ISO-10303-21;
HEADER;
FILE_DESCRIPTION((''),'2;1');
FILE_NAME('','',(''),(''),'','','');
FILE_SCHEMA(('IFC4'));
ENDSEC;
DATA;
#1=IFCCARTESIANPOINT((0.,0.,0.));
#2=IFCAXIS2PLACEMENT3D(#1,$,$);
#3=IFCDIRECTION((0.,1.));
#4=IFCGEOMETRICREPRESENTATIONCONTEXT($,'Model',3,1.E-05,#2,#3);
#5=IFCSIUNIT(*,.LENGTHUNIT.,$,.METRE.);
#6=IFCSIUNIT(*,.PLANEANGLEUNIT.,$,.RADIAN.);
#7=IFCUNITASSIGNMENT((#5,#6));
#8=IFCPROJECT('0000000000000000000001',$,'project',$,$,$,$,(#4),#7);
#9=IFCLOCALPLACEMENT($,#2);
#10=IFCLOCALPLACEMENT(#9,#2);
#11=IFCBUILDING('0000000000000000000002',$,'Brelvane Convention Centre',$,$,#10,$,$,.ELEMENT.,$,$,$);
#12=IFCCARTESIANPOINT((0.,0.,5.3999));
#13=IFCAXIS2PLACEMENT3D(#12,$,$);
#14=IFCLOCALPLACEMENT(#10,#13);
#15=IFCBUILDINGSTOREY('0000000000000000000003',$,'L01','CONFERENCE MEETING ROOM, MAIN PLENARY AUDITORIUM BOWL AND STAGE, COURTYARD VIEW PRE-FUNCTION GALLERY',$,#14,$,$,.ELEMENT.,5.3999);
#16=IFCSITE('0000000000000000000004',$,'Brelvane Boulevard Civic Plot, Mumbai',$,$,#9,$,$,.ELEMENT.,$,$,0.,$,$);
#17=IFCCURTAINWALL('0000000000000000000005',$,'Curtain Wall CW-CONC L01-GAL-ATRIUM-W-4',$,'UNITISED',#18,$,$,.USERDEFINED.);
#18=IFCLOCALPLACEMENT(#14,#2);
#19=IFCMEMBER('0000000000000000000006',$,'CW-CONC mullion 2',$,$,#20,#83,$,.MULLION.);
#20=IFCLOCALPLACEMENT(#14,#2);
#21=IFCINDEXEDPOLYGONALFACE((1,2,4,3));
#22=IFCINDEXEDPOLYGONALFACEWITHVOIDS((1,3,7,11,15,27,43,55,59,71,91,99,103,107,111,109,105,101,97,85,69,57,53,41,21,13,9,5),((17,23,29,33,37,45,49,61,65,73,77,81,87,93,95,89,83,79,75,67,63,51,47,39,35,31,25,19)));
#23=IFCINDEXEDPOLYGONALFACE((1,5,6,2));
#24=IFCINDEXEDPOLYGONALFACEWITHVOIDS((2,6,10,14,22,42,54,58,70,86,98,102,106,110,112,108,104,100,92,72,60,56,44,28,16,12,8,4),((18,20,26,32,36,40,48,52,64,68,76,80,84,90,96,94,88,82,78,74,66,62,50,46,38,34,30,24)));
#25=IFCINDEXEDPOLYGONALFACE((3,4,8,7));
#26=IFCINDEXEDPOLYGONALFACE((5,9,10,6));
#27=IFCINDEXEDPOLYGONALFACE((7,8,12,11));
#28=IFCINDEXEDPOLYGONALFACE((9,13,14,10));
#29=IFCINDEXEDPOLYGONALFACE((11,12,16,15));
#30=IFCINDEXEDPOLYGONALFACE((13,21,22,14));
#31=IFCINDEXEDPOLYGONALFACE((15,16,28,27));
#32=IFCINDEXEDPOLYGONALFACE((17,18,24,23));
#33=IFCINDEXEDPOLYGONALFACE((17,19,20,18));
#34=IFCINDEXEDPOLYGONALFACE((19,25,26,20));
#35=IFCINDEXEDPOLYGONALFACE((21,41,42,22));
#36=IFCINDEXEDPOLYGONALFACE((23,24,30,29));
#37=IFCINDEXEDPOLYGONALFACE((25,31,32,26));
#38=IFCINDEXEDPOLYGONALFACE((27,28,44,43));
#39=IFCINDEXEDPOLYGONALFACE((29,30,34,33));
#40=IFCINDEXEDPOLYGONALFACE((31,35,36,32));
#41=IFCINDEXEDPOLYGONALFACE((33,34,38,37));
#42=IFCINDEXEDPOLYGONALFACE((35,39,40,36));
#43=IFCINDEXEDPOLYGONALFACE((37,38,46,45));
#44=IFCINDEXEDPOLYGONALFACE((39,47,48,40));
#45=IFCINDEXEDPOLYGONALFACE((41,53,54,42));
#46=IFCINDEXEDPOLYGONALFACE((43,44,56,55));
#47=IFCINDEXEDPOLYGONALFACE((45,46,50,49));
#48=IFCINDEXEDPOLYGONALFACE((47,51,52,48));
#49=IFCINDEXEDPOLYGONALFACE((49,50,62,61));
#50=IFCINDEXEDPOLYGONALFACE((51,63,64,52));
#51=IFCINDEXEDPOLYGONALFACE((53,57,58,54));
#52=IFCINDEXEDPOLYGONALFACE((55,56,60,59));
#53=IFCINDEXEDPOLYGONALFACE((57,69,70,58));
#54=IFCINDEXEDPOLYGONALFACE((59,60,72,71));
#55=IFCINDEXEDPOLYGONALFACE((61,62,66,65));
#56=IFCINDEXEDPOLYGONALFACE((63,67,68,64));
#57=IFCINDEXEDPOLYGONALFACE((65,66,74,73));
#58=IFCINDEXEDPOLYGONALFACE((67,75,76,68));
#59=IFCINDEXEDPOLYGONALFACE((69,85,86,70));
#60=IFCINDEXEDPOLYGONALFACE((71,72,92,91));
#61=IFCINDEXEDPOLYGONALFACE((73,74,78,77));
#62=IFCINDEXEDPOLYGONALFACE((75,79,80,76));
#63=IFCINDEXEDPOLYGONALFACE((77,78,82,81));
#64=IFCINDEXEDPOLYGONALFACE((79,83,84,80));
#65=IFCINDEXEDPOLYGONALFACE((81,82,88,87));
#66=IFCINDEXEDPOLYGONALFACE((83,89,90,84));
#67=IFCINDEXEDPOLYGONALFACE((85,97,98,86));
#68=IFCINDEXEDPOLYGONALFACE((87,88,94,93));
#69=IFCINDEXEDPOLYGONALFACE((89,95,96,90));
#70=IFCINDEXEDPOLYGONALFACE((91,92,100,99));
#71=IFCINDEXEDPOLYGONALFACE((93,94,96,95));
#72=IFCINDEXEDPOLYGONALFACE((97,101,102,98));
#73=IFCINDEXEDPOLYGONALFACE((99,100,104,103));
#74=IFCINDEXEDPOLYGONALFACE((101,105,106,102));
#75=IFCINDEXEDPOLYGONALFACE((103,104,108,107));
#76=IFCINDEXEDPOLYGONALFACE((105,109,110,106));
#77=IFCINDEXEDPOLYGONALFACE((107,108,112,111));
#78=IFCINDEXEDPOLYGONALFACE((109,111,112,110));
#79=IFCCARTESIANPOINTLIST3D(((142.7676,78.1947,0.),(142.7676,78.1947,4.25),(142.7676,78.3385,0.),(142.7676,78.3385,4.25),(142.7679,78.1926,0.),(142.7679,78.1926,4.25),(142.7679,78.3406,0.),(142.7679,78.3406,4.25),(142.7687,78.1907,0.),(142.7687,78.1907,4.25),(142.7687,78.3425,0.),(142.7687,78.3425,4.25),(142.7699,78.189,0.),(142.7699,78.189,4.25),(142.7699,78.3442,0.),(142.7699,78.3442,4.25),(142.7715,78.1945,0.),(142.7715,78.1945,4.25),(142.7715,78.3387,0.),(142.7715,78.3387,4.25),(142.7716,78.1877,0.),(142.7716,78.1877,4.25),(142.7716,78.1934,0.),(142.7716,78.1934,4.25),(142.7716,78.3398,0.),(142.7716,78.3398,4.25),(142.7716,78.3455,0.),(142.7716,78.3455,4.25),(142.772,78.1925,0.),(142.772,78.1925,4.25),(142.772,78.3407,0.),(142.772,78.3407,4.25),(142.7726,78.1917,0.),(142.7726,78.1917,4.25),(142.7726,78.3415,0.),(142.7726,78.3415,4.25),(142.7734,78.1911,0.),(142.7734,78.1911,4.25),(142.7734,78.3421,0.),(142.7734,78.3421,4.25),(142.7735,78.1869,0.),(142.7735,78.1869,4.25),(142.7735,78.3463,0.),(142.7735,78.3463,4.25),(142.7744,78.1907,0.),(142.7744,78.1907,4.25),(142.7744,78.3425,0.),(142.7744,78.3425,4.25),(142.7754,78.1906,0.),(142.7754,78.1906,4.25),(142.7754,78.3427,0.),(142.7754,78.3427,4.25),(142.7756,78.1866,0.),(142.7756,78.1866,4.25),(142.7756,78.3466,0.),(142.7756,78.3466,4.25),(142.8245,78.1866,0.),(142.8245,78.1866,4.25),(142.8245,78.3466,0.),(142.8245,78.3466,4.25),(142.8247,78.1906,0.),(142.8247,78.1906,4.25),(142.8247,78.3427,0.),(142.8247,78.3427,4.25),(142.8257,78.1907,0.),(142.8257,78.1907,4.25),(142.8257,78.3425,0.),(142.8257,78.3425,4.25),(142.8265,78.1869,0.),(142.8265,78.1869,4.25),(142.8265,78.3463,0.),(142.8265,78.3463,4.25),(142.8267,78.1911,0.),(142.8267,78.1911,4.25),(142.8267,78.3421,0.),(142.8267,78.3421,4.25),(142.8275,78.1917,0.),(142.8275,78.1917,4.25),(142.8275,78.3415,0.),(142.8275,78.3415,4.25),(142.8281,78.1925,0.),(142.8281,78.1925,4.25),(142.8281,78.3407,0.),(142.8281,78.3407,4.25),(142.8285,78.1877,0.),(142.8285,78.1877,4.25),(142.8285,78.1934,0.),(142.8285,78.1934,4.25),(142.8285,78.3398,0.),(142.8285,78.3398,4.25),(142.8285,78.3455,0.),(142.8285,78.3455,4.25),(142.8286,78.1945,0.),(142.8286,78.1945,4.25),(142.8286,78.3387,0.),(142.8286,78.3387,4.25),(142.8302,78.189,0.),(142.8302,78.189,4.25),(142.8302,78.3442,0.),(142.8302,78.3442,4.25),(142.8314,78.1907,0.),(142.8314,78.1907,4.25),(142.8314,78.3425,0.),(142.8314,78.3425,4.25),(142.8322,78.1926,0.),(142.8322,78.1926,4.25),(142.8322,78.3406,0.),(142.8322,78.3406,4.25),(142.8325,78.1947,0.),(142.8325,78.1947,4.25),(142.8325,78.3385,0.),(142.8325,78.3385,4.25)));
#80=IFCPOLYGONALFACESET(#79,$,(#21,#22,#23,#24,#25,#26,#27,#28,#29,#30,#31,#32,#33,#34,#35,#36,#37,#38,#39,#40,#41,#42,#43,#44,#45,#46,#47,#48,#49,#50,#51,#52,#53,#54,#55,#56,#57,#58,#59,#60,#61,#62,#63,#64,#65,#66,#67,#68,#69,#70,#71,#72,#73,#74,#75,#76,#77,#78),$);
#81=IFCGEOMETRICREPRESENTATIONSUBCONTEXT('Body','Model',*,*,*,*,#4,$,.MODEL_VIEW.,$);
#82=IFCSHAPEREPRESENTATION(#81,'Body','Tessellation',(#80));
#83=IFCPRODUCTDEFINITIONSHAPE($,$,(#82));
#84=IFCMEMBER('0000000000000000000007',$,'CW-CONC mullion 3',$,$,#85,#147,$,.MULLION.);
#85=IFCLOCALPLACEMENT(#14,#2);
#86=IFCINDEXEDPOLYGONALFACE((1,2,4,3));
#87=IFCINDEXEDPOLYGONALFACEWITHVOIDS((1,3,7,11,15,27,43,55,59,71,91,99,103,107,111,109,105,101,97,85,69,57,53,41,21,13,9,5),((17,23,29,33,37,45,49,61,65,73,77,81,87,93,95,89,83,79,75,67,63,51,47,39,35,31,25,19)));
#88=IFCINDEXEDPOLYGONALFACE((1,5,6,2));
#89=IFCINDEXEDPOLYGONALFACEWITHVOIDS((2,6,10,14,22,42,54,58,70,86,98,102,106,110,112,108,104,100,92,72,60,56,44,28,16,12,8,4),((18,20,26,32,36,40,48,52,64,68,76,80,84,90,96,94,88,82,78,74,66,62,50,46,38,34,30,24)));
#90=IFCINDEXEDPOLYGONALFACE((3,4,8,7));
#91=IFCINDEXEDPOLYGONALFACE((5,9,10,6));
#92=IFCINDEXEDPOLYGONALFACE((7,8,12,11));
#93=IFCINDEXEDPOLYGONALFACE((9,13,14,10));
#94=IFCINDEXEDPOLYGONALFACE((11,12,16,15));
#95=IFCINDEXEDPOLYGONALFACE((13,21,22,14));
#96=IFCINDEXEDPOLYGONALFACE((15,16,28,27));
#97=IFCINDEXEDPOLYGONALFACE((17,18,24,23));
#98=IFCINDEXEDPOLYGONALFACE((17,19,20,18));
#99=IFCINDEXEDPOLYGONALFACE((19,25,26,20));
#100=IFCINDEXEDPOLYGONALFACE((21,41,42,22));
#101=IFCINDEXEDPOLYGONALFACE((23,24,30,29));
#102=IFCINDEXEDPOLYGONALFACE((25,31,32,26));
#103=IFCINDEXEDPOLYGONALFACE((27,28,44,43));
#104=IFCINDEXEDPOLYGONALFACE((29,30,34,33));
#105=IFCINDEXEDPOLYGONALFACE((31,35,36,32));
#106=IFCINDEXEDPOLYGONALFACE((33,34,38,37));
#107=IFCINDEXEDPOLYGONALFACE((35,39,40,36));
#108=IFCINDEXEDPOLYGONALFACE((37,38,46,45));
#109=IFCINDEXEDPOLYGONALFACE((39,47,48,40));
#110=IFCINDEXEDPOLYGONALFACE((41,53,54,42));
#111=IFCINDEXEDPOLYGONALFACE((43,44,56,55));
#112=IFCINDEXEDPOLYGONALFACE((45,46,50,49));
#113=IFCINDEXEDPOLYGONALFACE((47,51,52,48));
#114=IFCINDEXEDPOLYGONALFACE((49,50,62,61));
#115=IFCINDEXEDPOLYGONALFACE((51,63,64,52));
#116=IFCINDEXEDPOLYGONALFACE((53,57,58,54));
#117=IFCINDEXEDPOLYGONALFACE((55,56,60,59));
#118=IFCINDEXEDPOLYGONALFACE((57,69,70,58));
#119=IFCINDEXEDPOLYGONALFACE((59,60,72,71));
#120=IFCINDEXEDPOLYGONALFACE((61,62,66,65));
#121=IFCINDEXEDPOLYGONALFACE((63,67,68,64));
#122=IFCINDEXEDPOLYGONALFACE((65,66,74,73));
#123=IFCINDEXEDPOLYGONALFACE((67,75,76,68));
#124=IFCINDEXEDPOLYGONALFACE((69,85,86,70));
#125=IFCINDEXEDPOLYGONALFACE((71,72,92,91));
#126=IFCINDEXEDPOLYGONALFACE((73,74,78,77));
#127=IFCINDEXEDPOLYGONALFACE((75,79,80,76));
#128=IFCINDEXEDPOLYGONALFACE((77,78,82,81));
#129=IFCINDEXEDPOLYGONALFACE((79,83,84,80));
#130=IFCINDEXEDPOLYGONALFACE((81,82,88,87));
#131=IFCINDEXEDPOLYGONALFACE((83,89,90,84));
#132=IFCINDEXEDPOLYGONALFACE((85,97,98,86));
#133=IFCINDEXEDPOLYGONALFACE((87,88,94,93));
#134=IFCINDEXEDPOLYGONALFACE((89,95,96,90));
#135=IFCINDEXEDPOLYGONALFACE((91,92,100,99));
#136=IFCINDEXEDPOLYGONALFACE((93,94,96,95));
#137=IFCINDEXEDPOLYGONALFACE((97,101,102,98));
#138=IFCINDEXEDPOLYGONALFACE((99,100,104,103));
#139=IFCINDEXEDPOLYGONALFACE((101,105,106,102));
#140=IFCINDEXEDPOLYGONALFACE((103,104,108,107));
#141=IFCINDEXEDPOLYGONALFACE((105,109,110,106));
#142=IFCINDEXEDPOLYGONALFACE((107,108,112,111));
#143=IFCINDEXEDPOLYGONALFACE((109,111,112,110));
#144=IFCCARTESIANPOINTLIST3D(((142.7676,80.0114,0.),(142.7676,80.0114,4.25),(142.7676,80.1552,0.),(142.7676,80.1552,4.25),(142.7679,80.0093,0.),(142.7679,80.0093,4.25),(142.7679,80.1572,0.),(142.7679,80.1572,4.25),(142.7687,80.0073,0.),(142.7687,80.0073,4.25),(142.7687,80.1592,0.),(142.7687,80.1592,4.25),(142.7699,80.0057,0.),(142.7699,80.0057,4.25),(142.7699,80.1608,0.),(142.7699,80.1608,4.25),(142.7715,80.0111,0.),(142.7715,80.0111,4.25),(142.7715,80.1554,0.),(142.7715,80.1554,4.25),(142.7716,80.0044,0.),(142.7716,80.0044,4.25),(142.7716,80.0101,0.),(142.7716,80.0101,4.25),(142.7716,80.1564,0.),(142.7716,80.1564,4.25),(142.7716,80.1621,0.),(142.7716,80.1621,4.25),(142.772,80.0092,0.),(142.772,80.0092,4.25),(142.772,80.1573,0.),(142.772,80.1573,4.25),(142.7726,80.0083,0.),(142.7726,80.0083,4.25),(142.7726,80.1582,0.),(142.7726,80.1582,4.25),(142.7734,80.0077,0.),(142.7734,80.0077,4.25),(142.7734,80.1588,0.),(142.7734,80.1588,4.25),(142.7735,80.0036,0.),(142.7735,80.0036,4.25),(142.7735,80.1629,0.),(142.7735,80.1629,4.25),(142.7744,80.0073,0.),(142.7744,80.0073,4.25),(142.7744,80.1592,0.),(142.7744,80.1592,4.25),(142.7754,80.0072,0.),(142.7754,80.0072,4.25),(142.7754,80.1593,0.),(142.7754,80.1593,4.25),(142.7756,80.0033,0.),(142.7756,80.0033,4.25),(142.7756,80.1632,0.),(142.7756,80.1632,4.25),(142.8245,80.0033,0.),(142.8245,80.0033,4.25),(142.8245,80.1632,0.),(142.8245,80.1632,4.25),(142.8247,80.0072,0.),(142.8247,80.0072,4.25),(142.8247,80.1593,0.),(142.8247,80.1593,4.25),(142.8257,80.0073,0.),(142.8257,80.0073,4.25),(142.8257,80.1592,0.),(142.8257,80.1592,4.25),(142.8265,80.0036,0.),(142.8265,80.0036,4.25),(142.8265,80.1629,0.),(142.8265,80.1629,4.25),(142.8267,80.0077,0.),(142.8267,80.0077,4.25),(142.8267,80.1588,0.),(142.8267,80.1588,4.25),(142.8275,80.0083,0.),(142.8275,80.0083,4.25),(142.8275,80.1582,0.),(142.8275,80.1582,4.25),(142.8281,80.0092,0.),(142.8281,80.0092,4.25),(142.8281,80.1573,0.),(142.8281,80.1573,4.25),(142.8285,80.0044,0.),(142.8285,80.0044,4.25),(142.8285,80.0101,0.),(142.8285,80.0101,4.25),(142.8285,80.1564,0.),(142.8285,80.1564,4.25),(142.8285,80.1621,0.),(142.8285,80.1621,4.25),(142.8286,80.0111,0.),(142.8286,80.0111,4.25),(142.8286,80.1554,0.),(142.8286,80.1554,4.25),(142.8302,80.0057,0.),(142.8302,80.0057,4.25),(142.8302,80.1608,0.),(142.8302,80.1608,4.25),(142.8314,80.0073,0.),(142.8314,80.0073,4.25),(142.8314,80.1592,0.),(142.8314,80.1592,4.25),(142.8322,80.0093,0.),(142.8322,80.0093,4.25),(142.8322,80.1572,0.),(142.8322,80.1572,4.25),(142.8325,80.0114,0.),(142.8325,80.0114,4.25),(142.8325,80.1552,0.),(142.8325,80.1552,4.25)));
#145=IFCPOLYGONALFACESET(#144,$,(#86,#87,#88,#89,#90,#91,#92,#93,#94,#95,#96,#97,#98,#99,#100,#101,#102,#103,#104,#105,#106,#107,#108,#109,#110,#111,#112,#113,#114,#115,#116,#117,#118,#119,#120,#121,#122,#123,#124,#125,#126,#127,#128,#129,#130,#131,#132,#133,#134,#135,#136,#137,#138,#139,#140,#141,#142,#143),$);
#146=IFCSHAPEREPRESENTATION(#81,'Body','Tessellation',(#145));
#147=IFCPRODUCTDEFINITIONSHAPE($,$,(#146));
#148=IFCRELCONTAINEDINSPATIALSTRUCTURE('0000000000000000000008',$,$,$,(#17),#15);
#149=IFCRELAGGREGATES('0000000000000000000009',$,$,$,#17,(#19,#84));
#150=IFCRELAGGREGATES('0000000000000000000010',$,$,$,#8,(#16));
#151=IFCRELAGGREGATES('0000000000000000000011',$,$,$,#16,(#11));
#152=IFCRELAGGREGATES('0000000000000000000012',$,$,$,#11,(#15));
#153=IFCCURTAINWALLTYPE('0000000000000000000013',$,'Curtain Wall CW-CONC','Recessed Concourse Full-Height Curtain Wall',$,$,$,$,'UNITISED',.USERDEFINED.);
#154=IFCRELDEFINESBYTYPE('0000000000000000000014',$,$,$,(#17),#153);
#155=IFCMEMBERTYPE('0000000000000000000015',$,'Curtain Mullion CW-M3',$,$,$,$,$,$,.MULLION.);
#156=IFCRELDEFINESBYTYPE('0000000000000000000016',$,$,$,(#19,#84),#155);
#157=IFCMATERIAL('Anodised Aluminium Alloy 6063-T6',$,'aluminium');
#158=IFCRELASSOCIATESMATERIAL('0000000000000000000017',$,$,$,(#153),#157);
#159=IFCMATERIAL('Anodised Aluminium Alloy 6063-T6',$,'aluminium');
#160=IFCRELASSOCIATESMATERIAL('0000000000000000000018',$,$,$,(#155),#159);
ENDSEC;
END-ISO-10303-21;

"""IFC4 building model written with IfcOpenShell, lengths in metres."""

from ifc_helpers import new_model, si_unit, direction, frame, origin, origin_2d, place, context, subcontext, project, spatial, hollow_rectangle, extrude, material, material_profile, profile_set, type_object, element, aggregate, save


model = new_model("IFC4")

# Units and contexts
model_context = context("Model", 3, precision=1e-05, world=origin(), true_north=direction((0.0, 1.0)))
body_context = subcontext(model_context, "Body", "Model", "MODEL_VIEW")
ifc_project = project(units=[si_unit("LENGTHUNIT", "METRE"), si_unit("PLANEANGLEUNIT", "RADIAN")], contexts=[model_context])

# Site, building, storey
site_placement = place(None, origin())
site = spatial("IfcSite", under=ifc_project, at=site_placement, Name="Brelvane Boulevard Civic Plot, Mumbai", CompositionType="ELEMENT", RefElevation=0.0)
building_placement = place(site_placement, origin())
building = spatial("IfcBuilding", under=site, at=building_placement, Name="Brelvane Convention Centre", CompositionType="ELEMENT")
storey_placement = place(building_placement, frame((0.0, 0.0, 5.3999)))
storey = spatial("IfcBuildingStorey", under=building, at=storey_placement, Name="L01", Description="CONFERENCE MEETING ROOM, MAIN PLENARY AUDITORIUM BOWL AND STAGE, COURTYARD VIEW PRE-FUNCTION GALLERY", CompositionType="ELEMENT", Elevation=5.3999)

# Curtain wall, members
ifc_material_1 = material(Name="Anodised Aluminium Alloy 6063-T6", Category="aluminium")
curtain_wall_type = type_object("IfcCurtainWallType", Name="Curtain Wall CW-CONC", Description="Recessed Concourse Full-Height Curtain Wall", ElementType="UNITISED", PredefinedType="USERDEFINED", material=ifc_material_1)
ifc_material_2 = material(Name="Anodised Aluminium Alloy 6063-T6", Category="aluminium")
ifc_material_profile_1 = material_profile(ifc_material_2, hollow_rectangle(XDim=0.0649, YDim=0.1599, WallThickness=0.0039, InnerFilletRadius=0.0039, OuterFilletRadius=0.0081, at=origin_2d()), Name="ALU-M 160x65x4.0")
ifc_profile_set_1 = profile_set([ifc_material_profile_1], Name="Anodised Aluminium Alloy 6063-T6")
member_type_1 = type_object("IfcMemberType", Name="Curtain Mullion CW-M3", PredefinedType="MULLION", material=ifc_profile_set_1)
curtain_wall_1_placement = place(storey_placement, origin())
curtain_wall_1 = element("IfcCurtainWall", 1, at=curtain_wall_1_placement, inside=storey, type_object=curtain_wall_type, Name="Curtain Wall CW-CONC L01-GAL-ATRIUM-W-4", ObjectType="UNITISED", PredefinedType="USERDEFINED")
member_1_placement = place(storey_placement, frame((142.8, 78.2666, 0.0), z_axis=(0.0, 0.0, 1.0), x_axis=(-1.0, 0.0, 0.0)))
member_1 = element("IfcMember", 2, at=member_1_placement, type_object=member_type_1, Name="CW-CONC mullion 2", PredefinedType="MULLION", context=body_context, shape_type="SweptSolid", body=[
    extrude(hollow_rectangle(XDim=0.0649, YDim=0.1599, WallThickness=0.0039, InnerFilletRadius=0.0039, OuterFilletRadius=0.0081, at=origin_2d()), origin(), (0.0, 0.0, 1.0), 4.25),
])
member_2_placement = place(storey_placement, frame((142.8, 80.0833, 0.0), z_axis=(0.0, 0.0, 1.0), x_axis=(-1.0, 0.0, 0.0)))
member_2 = element("IfcMember", 3, at=member_2_placement, type_object=member_type_1, Name="CW-CONC mullion 3", PredefinedType="MULLION", context=body_context, shape_type="SweptSolid", body=[
    extrude(hollow_rectangle(XDim=0.0649, YDim=0.1599, WallThickness=0.0039, InnerFilletRadius=0.0039, OuterFilletRadius=0.0081, at=origin_2d()), origin(), (0.0, 0.0, 1.0), 4.25),
])

aggregate(curtain_wall_1, [member_1, member_2])

save(model, "model.ifc")
